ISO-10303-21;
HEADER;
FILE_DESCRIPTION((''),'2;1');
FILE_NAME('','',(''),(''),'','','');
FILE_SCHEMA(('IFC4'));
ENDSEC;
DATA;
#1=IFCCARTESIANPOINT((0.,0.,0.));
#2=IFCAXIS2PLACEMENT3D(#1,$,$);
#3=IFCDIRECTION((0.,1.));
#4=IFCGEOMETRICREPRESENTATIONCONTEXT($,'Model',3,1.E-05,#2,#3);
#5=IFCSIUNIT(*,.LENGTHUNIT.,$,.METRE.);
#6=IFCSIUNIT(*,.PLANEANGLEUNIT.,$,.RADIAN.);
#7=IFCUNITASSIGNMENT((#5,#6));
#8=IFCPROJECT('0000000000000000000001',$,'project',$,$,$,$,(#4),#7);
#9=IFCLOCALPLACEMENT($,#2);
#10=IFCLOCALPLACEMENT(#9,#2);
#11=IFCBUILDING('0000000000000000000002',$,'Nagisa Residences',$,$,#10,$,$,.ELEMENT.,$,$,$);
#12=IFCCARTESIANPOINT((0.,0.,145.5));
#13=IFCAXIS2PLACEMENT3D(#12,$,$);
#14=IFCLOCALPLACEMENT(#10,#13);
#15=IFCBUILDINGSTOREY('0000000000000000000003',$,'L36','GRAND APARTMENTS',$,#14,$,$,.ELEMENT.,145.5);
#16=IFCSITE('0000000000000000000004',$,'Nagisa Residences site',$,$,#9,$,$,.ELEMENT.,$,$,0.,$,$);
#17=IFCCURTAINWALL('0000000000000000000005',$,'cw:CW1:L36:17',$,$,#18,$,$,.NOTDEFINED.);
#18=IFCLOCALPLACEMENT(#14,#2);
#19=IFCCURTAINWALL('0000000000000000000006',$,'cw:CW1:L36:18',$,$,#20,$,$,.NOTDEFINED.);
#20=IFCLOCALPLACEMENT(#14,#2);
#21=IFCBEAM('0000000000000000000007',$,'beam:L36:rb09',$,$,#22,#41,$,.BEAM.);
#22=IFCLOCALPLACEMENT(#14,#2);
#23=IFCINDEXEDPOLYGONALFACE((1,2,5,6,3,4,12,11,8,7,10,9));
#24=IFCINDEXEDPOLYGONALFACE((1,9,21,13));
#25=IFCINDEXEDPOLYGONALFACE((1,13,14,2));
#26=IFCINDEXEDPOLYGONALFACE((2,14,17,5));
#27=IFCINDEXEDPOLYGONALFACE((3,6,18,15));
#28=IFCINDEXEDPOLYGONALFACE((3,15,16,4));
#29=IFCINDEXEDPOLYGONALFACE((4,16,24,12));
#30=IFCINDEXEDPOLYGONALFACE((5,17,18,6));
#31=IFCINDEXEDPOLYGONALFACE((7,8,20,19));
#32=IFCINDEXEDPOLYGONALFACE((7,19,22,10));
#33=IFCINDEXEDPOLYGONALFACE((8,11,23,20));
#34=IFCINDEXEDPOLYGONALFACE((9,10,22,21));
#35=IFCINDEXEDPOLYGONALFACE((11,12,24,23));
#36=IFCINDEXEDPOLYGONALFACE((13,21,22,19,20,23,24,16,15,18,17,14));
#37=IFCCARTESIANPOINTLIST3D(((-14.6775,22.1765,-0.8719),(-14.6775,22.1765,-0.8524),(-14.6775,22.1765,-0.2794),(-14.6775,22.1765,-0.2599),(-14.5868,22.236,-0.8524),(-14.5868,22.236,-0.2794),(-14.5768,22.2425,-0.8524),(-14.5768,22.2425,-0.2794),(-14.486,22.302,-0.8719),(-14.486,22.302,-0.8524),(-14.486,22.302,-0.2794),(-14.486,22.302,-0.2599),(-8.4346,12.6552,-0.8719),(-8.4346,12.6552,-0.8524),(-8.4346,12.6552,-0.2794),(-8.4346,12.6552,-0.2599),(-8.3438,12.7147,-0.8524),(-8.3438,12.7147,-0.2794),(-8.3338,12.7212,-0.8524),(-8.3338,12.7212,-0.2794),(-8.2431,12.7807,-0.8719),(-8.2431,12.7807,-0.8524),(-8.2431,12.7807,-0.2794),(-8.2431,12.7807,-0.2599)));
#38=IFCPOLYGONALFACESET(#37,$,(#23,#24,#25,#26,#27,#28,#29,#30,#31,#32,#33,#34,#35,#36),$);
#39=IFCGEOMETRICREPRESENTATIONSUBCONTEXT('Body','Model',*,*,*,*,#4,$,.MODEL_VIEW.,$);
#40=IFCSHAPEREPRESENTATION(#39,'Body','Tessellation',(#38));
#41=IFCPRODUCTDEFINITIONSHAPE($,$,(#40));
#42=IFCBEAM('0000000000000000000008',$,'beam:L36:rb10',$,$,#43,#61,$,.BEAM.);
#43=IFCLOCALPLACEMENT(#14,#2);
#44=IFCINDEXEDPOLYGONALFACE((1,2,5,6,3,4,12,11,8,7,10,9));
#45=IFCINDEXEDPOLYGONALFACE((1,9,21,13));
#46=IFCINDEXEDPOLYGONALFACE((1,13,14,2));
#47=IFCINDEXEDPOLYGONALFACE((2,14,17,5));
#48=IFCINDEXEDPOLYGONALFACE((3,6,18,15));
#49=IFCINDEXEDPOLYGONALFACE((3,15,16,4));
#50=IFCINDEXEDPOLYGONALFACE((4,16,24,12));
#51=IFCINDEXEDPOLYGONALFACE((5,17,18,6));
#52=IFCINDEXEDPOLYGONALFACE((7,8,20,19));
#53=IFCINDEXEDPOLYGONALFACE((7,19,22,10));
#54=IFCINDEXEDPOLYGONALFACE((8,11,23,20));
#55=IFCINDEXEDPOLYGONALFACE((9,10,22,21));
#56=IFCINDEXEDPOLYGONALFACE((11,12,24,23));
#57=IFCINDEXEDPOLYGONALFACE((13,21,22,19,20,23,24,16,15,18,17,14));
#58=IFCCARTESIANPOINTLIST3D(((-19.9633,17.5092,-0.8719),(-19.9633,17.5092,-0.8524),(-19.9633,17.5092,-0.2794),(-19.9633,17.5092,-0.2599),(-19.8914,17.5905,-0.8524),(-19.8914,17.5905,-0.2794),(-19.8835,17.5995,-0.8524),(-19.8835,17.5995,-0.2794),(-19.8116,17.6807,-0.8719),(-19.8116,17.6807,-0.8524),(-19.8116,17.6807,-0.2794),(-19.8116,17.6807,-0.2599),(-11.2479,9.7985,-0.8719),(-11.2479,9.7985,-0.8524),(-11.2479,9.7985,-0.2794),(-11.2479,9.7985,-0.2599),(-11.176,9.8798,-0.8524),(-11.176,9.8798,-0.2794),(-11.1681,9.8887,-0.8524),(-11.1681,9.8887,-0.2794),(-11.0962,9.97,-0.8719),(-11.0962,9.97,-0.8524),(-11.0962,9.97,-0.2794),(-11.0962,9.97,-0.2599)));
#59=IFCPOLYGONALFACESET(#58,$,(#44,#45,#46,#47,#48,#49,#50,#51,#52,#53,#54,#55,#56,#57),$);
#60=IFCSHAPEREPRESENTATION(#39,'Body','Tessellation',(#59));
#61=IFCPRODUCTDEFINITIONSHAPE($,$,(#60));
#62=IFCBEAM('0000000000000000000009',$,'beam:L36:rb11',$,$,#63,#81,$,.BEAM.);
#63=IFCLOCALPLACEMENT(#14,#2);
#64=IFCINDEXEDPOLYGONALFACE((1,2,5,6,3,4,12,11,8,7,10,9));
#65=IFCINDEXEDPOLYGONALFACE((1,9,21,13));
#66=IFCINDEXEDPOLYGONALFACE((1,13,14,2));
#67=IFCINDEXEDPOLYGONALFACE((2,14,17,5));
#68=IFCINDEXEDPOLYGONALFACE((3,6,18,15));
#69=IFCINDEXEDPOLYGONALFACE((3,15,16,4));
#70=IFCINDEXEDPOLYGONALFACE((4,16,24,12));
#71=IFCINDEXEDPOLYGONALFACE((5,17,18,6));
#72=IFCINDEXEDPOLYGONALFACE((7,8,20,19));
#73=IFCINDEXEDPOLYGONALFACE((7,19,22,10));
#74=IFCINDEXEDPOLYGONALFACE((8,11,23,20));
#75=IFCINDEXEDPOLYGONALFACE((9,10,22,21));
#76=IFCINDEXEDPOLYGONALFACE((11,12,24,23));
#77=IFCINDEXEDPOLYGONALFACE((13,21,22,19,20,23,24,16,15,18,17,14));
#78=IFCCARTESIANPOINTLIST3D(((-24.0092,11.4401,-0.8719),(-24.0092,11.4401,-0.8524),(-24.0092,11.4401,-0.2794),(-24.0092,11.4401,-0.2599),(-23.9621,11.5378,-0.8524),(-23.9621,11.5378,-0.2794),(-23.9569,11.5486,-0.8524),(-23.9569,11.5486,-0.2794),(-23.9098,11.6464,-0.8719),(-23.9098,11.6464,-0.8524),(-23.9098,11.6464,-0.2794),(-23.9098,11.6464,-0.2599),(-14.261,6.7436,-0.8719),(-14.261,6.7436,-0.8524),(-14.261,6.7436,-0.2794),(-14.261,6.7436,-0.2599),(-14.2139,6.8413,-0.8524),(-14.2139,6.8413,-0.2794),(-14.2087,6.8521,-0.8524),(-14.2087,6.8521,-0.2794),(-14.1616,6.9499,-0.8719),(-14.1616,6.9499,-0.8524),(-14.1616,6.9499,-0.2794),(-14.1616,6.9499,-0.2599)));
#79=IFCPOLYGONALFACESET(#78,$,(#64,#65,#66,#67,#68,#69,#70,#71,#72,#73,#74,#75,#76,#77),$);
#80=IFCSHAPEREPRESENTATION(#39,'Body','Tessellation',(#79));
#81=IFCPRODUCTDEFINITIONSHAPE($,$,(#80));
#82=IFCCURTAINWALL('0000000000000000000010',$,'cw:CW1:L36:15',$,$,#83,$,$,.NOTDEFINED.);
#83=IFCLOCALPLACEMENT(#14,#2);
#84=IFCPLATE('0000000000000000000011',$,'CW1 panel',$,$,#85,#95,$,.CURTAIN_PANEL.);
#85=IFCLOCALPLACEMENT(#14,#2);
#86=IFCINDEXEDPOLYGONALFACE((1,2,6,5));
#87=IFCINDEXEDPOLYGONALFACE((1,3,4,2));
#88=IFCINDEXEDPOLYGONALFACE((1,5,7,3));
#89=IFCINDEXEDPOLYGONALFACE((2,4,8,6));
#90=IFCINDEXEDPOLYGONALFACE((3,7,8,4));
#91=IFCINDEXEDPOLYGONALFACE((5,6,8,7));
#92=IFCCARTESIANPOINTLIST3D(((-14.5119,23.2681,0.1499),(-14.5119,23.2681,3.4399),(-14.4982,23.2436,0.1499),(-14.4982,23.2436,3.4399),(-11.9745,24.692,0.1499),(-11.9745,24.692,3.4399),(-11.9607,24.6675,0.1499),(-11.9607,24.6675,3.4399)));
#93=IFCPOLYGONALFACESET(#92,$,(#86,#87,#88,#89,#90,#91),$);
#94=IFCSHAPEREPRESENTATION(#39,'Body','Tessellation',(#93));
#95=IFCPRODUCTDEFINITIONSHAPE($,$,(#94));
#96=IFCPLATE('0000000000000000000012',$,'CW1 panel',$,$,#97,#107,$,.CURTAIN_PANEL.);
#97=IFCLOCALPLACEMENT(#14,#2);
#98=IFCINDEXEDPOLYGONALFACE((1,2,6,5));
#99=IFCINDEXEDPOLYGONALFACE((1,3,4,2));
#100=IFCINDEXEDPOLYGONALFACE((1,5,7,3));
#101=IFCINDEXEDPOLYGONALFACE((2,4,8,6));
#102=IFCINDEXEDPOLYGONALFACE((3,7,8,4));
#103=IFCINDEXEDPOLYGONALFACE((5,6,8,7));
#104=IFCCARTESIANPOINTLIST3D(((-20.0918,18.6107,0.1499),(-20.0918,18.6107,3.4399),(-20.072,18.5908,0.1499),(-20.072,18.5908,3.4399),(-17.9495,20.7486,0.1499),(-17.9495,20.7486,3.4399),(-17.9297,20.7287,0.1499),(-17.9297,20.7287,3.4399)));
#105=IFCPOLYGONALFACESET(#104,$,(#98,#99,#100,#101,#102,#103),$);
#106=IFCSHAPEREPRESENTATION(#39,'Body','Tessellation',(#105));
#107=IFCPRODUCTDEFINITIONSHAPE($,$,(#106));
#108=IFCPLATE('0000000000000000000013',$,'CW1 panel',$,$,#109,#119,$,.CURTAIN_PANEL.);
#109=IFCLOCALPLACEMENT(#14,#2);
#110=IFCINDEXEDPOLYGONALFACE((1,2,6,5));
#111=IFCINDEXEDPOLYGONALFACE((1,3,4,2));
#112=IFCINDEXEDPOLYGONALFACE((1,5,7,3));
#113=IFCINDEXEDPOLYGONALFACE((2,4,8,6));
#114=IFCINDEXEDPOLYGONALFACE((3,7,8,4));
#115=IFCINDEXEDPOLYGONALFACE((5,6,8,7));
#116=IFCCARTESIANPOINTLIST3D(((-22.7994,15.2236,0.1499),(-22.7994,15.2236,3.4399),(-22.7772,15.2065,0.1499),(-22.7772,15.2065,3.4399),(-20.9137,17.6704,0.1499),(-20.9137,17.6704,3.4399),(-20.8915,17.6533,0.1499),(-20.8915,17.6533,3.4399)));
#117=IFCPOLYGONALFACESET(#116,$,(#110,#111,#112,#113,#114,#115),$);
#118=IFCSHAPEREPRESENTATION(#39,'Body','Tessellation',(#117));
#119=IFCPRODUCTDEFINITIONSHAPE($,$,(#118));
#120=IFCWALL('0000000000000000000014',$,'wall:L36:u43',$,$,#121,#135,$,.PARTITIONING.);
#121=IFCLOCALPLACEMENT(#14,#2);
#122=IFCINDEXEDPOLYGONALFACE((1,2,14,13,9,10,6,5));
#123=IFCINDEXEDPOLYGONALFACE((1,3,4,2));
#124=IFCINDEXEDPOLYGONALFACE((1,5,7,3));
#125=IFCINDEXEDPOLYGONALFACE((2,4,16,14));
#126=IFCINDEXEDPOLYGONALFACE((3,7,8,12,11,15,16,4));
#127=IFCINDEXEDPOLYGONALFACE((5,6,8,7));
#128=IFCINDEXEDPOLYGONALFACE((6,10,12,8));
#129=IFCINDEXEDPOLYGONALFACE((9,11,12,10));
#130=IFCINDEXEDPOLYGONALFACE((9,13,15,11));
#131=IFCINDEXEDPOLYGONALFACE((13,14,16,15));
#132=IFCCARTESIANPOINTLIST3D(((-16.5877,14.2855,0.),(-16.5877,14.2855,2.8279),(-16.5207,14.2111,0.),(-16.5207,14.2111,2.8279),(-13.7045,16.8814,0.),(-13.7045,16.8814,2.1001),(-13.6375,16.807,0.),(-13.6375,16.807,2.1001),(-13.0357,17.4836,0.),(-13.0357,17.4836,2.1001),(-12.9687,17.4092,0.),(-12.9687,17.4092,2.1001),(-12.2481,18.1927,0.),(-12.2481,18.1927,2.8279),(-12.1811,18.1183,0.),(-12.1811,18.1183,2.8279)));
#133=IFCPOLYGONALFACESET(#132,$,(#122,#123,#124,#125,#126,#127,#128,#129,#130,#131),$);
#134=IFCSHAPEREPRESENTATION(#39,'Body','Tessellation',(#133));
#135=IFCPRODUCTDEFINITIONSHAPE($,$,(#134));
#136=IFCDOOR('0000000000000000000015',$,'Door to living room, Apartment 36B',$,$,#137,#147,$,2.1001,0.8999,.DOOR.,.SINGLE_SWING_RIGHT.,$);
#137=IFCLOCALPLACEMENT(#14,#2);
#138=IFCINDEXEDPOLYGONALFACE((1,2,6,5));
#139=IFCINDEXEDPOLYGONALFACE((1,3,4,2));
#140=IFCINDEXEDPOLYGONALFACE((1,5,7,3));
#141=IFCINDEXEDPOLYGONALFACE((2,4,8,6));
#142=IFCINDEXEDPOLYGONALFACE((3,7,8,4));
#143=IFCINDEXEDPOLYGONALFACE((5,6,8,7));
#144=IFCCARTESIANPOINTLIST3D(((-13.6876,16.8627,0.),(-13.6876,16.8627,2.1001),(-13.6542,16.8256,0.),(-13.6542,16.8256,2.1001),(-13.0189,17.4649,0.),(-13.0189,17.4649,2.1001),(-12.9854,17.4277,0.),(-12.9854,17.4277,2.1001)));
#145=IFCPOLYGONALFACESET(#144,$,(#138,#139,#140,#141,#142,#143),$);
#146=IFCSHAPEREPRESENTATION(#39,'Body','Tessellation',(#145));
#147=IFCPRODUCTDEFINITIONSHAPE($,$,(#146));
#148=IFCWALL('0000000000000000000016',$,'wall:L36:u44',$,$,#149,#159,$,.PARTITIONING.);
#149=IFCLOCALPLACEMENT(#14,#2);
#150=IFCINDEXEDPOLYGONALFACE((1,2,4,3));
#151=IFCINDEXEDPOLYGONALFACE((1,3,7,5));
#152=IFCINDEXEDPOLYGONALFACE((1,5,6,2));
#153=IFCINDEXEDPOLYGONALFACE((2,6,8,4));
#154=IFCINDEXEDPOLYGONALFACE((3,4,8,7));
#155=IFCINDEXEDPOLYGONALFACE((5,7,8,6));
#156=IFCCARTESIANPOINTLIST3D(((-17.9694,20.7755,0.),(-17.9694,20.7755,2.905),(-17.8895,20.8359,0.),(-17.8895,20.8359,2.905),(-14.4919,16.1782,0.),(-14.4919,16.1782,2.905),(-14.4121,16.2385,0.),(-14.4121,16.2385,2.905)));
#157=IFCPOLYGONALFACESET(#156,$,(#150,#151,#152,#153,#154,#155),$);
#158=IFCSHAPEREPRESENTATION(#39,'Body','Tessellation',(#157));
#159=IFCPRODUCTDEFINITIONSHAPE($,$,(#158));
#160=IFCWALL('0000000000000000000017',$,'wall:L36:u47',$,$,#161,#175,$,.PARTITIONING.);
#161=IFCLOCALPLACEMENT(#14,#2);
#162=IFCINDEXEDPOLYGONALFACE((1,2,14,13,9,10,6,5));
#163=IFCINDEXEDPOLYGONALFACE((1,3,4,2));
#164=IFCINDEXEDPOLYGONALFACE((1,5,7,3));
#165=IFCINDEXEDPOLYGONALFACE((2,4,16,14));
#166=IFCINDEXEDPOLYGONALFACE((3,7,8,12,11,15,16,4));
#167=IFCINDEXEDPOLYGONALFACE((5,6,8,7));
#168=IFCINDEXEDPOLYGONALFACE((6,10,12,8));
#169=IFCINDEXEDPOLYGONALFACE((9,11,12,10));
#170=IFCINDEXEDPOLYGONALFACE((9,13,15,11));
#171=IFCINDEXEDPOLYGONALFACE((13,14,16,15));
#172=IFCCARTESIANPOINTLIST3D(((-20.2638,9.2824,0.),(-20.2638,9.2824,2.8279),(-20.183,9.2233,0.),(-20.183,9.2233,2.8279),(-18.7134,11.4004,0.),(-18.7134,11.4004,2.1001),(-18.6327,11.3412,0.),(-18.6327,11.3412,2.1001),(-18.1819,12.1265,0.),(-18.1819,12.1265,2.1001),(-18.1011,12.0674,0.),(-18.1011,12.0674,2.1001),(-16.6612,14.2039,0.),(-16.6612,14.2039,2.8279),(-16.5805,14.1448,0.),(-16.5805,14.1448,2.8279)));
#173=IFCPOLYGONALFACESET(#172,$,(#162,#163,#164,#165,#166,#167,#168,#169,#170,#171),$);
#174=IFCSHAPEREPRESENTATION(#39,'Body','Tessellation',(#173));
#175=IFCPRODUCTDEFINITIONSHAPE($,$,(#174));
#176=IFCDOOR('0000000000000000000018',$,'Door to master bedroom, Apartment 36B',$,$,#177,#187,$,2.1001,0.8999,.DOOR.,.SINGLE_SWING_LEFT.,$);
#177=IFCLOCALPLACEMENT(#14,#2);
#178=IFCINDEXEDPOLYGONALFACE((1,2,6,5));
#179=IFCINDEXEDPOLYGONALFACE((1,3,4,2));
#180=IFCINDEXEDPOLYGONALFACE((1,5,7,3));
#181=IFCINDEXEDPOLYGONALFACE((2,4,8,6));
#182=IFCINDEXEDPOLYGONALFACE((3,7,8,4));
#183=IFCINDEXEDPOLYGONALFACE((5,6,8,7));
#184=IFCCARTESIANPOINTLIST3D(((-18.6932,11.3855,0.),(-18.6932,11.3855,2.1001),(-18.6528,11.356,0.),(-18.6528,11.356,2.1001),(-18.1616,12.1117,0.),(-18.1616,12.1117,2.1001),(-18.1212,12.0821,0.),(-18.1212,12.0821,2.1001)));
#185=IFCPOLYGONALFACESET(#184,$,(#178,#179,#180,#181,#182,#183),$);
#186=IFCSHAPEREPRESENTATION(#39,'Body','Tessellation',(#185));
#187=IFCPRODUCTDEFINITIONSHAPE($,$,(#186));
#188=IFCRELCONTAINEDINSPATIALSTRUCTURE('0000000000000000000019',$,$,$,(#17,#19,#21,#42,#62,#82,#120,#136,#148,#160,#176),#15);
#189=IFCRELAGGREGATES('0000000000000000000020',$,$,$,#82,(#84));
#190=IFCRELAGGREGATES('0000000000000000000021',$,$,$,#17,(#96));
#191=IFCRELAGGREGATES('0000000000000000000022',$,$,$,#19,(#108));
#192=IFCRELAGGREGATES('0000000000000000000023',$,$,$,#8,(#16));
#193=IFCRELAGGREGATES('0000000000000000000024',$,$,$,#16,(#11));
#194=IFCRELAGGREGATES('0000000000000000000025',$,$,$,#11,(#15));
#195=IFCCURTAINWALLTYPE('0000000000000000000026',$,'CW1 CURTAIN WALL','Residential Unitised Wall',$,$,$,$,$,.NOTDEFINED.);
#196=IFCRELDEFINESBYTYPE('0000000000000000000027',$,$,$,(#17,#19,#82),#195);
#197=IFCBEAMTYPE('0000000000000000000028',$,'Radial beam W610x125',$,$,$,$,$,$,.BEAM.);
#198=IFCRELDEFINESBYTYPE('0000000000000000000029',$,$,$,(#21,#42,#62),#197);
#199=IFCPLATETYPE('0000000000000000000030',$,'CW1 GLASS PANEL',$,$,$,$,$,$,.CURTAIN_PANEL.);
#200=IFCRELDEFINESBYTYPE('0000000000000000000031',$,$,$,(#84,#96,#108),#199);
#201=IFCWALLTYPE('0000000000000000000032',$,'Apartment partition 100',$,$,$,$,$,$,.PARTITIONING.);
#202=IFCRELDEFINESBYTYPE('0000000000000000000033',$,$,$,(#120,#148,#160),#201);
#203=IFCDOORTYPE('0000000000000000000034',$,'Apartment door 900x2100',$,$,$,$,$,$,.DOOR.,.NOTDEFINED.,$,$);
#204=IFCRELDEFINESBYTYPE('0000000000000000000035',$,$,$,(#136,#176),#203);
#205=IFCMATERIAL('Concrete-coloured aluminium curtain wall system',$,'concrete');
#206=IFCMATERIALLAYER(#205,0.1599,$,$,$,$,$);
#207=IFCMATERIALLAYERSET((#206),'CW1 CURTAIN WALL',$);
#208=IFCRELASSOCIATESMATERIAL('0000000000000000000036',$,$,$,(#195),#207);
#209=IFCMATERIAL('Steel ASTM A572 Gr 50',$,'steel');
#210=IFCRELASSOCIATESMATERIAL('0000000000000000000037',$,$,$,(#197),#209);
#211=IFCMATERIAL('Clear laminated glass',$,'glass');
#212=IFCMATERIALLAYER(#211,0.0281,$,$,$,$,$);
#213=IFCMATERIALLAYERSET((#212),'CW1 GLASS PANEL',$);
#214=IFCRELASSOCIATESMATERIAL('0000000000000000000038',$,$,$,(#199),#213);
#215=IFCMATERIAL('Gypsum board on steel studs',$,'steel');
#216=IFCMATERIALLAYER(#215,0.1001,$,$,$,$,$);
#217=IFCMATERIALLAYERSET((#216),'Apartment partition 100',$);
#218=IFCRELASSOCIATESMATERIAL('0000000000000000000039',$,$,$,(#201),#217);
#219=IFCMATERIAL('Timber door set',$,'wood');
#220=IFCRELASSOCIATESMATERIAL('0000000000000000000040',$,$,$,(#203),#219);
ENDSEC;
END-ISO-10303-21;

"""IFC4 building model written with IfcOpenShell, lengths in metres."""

from ifc_helpers import new_model, si_unit, direction, frame, frame_2d, origin, origin_2d, place, context, subcontext, project, spatial, rectangle, i_section, extrude, material, layer, layer_set, material_profile, profile_set, type_object, element, fill, aggregate, save


model = new_model("IFC4")

# Units and contexts
model_context = context("Model", 3, precision=1e-05, world=origin(), true_north=direction((0.0, 1.0)))
body_context = subcontext(model_context, "Body", "Model", "MODEL_VIEW")
ifc_project = project(units=[si_unit("LENGTHUNIT", "METRE"), si_unit("PLANEANGLEUNIT", "RADIAN")], contexts=[model_context])

# Site, building, storey
site_placement = place(None, origin())
site = spatial("IfcSite", under=ifc_project, at=site_placement, Name="Nagisa Residences site", CompositionType="ELEMENT", RefElevation=0.0)
building_placement = place(site_placement, origin())
building = spatial("IfcBuilding", under=site, at=building_placement, Name="Nagisa Residences", CompositionType="ELEMENT")
storey_placement = place(building_placement, frame((0.0, 0.0, 145.5)))
storey = spatial("IfcBuildingStorey", under=building, at=storey_placement, Name="L36", Description="GRAND APARTMENTS", CompositionType="ELEMENT", Elevation=145.5)

# Curtain walls
ifc_material_1 = material(Name="Concrete-coloured aluminium curtain wall system", Category="concrete")
ifc_layer_1 = layer(ifc_material_1, 0.1599)
ifc_layer_set_1 = layer_set([ifc_layer_1], Name="CW1 CURTAIN WALL")
curtain_wall_type = type_object("IfcCurtainWallType", Name="CW1 CURTAIN WALL", Description="Residential Unitised Wall", PredefinedType="NOTDEFINED", material=ifc_layer_set_1)
curtain_wall_1_placement = place(storey_placement, origin())
curtain_wall_1 = element("IfcCurtainWall", 1, at=curtain_wall_1_placement, inside=storey, type_object=curtain_wall_type, Name="cw:CW1:L36:17", PredefinedType="NOTDEFINED")
curtain_wall_2_placement = place(storey_placement, origin())
curtain_wall_2 = element("IfcCurtainWall", 2, at=curtain_wall_2_placement, inside=storey, type_object=curtain_wall_type, Name="cw:CW1:L36:18", PredefinedType="NOTDEFINED")

# Beams
ifc_material_2 = material(Name="Steel ASTM A572 Gr 50", Category="steel")
ifc_material_profile_1 = material_profile(ifc_material_2, i_section(OverallWidth=0.229, OverallDepth=0.6121, WebThickness=0.012, FlangeThickness=0.0195, at=origin_2d()), Name="W610x125")
ifc_profile_set_1 = profile_set([ifc_material_profile_1], Name="Steel ASTM A572 Gr 50")
beam_type_1 = type_object("IfcBeamType", Name="Radial beam W610x125", PredefinedType="BEAM", material=ifc_profile_set_1)
beam_1_placement = place(storey_placement, frame((-14.5818, 22.2393, -0.5659), z_axis=(0.548325, -0.836265, 0.0), x_axis=(0.836265, 0.548325, 0.0)))
element("IfcBeam", 3, at=beam_1_placement, inside=storey, type_object=beam_type_1, Name="beam:L36:rb09", PredefinedType="BEAM", context=body_context, shape_type="SweptSolid", body=[
    extrude(i_section(OverallWidth=0.229, OverallDepth=0.6121, WebThickness=0.012, FlangeThickness=0.0195, at=origin_2d()), origin(), (0.0, 0.0, 1.0), 11.3855),
])
beam_2_placement = place(storey_placement, frame((-19.8875, 17.595, -0.5659), z_axis=(0.748955, -0.662621, 0.0), x_axis=(0.662621, 0.748955, 0.0)))
element("IfcBeam", 4, at=beam_2_placement, inside=storey, type_object=beam_type_1, Name="beam:L36:rb10", PredefinedType="BEAM", context=body_context, shape_type="SweptSolid", body=[
    extrude(i_section(OverallWidth=0.229, OverallDepth=0.6121, WebThickness=0.012, FlangeThickness=0.0195, at=origin_2d()), origin(), (0.0, 0.0, 1.0), 11.6367),
])
beam_3_placement = place(storey_placement, frame((-23.9595, 11.5432, -0.5659), z_axis=(0.900896, -0.434034, 0.0), x_axis=(0.434034, 0.900896, 0.0)))
element("IfcBeam", 5, at=beam_3_placement, inside=storey, type_object=beam_type_1, Name="beam:L36:rb11", PredefinedType="BEAM", context=body_context, shape_type="SweptSolid", body=[
    extrude(i_section(OverallWidth=0.229, OverallDepth=0.6121, WebThickness=0.012, FlangeThickness=0.0195, at=origin_2d()), origin(), (0.0, 0.0, 1.0), 10.8206),
])

# Curtain wall, plate
curtain_wall_3_placement = place(storey_placement, origin())
curtain_wall_3 = element("IfcCurtainWall", 6, at=curtain_wall_3_placement, inside=storey, type_object=curtain_wall_type, Name="cw:CW1:L36:15", PredefinedType="NOTDEFINED")
ifc_material_3 = material(Name="Clear laminated glass", Category="glass")
ifc_layer_2 = layer(ifc_material_3, 0.0281)
ifc_layer_set_2 = layer_set([ifc_layer_2], Name="CW1 GLASS PANEL")
plate_type = type_object("IfcPlateType", Name="CW1 GLASS PANEL", PredefinedType="CURTAIN_PANEL", material=ifc_layer_set_2)
plate_1_placement = place(storey_placement, frame((-13.2363, 23.9678, 0.1499), z_axis=(0.0, 0.0, 1.0), x_axis=(-0.872072, -0.489377, 0.0)))
plate_1 = element("IfcPlate", 7, at=plate_1_placement, type_object=plate_type, Name="CW1 panel", PredefinedType="CURTAIN_PANEL", context=body_context, shape_type="SweptSolid", body=[
    extrude(rectangle(XDim=2.9097, YDim=0.0281, at=origin_2d()), origin(), (0.0, 0.0, 1.0), 3.29),
])
aggregate(curtain_wall_3, [plate_1])

# Plates
plate_2_placement = place(storey_placement, frame((-19.0107, 19.6697, 0.1499), z_axis=(0.0, 0.0, 1.0), x_axis=(-0.707836, -0.706377, 0.0)))
plate_2 = element("IfcPlate", 8, at=plate_2_placement, type_object=plate_type, Name="CW1 panel", PredefinedType="CURTAIN_PANEL", context=body_context, shape_type="SweptSolid", body=[
    extrude(rectangle(XDim=3.0266, YDim=0.0281, at=origin_2d()), origin(), (0.0, 0.0, 1.0), 3.29),
])
aggregate(curtain_wall_1, [plate_2])
plate_3_placement = place(storey_placement, frame((-21.8455, 16.4385, 0.1499), z_axis=(0.0, 0.0, 1.0), x_axis=(-0.61043, -0.79207, 0.0)))
plate_3 = element("IfcPlate", 9, at=plate_3_placement, type_object=plate_type, Name="CW1 panel", PredefinedType="CURTAIN_PANEL", context=body_context, shape_type="SweptSolid", body=[
    extrude(rectangle(XDim=3.0891, YDim=0.0281, at=origin_2d()), origin(), (0.0, 0.0, 1.0), 3.29),
])
aggregate(curtain_wall_2, [plate_3])

# Wall, opening, door
ifc_material_4 = material(Name="Gypsum board on steel studs", Category="steel")
ifc_layer_3 = layer(ifc_material_4, 0.1001)
ifc_layer_set_3 = layer_set([ifc_layer_3], Name="Apartment partition 100")
wall_type_1 = type_object("IfcWallType", Name="Apartment partition 100", PredefinedType="PARTITIONING", material=ifc_layer_set_3)
wall_1_placement = place(storey_placement, frame((-12.2146, 18.1555, 0.0), z_axis=(0.0, 0.0, 1.0), x_axis=(-0.743159, -0.669115, 0.0)))
wall_1 = element("IfcWall", 10, at=wall_1_placement, inside=storey, type_object=wall_type_1, Name="wall:L36:u43", PredefinedType="PARTITIONING", context=body_context, shape_type="SweptSolid", body=[
    extrude(rectangle(XDim=5.8394, YDim=0.1001, at=frame_2d((2.9197, 0.0))), origin(), (0.0, 0.0, 1.0), 2.8279),
])
opening_1_placement = place(wall_1_placement, frame((1.0598, 0.0, 0.0)))
opening_1 = element("IfcOpeningElement", 11, at=opening_1_placement, cuts=wall_1, PredefinedType="OPENING", context=body_context, shape_type="SweptSolid", body=[
    extrude(rectangle(XDim=0.8999, YDim=2.1001, at=frame_2d((0.45, 1.05))), frame((0.0, 0.0601, 0.0), z_axis=(0.0, -1.0, 0.0), x_axis=(1.0, 0.0, 0.0)), (0.0, 0.0, 1.0), 0.1201),
])
ifc_material_5 = material(Name="Timber door set", Category="wood")
door_type_1 = type_object("IfcDoorType", Name="Apartment door 900x2100", OperationType="NOTDEFINED", PredefinedType="DOOR", material=ifc_material_5)
door_1_placement = place(opening_1_placement, frame((0.8999, 0.0, 0.0), x_axis=(-1.0, 0.0, 0.0)))
door_1 = element("IfcDoor", 12, at=door_1_placement, inside=storey, type_object=door_type_1, Name="Door to living room, Apartment 36B", OperationType="SINGLE_SWING_RIGHT", OverallHeight=2.1001, OverallWidth=0.8999, PredefinedType="DOOR", context=body_context, shape_type="SweptSolid", body=[
    extrude(rectangle(XDim=0.8999, YDim=2.1001, at=frame_2d((0.45, 1.05))), frame((0.0, 0.0249, 0.0), z_axis=(0.0, -1.0, 0.0), x_axis=(1.0, 0.0, 0.0)), (0.0, 0.0, 1.0), 0.05),
])
fill(opening_1, door_1)

# Wall
wall_2_placement = place(storey_placement, frame((-14.4519, 16.2083, 0.0), z_axis=(0.0, 0.0, 1.0), x_axis=(-0.603268, 0.797539, 0.0)))
element("IfcWall", 13, at=wall_2_placement, inside=storey, type_object=wall_type_1, Name="wall:L36:u44", PredefinedType="PARTITIONING", context=body_context, shape_type="SweptSolid", body=[
    extrude(rectangle(XDim=5.7644, YDim=0.1001, at=frame_2d((2.8823, 0.0))), origin(), (0.0, 0.0, 1.0), 2.905),
])

# Wall, opening, door
wall_3_placement = place(storey_placement, frame((-16.6208, 14.1743, 0.0), z_axis=(0.0, 0.0, 1.0), x_axis=(-0.590673, -0.806911, 0.0)))
wall_3 = element("IfcWall", 14, at=wall_3_placement, inside=storey, type_object=wall_type_1, Name="wall:L36:u47", PredefinedType="PARTITIONING", context=body_context, shape_type="SweptSolid", body=[
    extrude(rectangle(XDim=6.0991, YDim=0.1001, at=frame_2d((3.0496, 0.0))), origin(), (0.0, 0.0, 1.0), 2.8279),
])
opening_2_placement = place(wall_3_placement, frame((2.5745, 0.0, 0.0)))
opening_2 = element("IfcOpeningElement", 15, at=opening_2_placement, cuts=wall_3, PredefinedType="OPENING", context=body_context, shape_type="SweptSolid", body=[
    extrude(rectangle(XDim=0.8999, YDim=2.1001, at=frame_2d((0.45, 1.05))), frame((0.0, 0.0601, 0.0), z_axis=(0.0, -1.0, 0.0), x_axis=(1.0, 0.0, 0.0)), (0.0, 0.0, 1.0), 0.1201),
])
door_2_placement = place(opening_2_placement, frame((0.8999, 0.0, 0.0), x_axis=(-1.0, 0.0, 0.0)))
door_2 = element("IfcDoor", 16, at=door_2_placement, inside=storey, type_object=door_type_1, Name="Door to master bedroom, Apartment 36B", OperationType="SINGLE_SWING_LEFT", OverallHeight=2.1001, OverallWidth=0.8999, PredefinedType="DOOR", context=body_context, shape_type="SweptSolid", body=[
    extrude(rectangle(XDim=0.8999, YDim=2.1001, at=frame_2d((0.45, 1.05))), frame((0.0, 0.0249, 0.0), z_axis=(0.0, -1.0, 0.0), x_axis=(1.0, 0.0, 0.0)), (0.0, 0.0, 1.0), 0.05),
])
fill(opening_2, door_2)

save(model, "model.ifc")
